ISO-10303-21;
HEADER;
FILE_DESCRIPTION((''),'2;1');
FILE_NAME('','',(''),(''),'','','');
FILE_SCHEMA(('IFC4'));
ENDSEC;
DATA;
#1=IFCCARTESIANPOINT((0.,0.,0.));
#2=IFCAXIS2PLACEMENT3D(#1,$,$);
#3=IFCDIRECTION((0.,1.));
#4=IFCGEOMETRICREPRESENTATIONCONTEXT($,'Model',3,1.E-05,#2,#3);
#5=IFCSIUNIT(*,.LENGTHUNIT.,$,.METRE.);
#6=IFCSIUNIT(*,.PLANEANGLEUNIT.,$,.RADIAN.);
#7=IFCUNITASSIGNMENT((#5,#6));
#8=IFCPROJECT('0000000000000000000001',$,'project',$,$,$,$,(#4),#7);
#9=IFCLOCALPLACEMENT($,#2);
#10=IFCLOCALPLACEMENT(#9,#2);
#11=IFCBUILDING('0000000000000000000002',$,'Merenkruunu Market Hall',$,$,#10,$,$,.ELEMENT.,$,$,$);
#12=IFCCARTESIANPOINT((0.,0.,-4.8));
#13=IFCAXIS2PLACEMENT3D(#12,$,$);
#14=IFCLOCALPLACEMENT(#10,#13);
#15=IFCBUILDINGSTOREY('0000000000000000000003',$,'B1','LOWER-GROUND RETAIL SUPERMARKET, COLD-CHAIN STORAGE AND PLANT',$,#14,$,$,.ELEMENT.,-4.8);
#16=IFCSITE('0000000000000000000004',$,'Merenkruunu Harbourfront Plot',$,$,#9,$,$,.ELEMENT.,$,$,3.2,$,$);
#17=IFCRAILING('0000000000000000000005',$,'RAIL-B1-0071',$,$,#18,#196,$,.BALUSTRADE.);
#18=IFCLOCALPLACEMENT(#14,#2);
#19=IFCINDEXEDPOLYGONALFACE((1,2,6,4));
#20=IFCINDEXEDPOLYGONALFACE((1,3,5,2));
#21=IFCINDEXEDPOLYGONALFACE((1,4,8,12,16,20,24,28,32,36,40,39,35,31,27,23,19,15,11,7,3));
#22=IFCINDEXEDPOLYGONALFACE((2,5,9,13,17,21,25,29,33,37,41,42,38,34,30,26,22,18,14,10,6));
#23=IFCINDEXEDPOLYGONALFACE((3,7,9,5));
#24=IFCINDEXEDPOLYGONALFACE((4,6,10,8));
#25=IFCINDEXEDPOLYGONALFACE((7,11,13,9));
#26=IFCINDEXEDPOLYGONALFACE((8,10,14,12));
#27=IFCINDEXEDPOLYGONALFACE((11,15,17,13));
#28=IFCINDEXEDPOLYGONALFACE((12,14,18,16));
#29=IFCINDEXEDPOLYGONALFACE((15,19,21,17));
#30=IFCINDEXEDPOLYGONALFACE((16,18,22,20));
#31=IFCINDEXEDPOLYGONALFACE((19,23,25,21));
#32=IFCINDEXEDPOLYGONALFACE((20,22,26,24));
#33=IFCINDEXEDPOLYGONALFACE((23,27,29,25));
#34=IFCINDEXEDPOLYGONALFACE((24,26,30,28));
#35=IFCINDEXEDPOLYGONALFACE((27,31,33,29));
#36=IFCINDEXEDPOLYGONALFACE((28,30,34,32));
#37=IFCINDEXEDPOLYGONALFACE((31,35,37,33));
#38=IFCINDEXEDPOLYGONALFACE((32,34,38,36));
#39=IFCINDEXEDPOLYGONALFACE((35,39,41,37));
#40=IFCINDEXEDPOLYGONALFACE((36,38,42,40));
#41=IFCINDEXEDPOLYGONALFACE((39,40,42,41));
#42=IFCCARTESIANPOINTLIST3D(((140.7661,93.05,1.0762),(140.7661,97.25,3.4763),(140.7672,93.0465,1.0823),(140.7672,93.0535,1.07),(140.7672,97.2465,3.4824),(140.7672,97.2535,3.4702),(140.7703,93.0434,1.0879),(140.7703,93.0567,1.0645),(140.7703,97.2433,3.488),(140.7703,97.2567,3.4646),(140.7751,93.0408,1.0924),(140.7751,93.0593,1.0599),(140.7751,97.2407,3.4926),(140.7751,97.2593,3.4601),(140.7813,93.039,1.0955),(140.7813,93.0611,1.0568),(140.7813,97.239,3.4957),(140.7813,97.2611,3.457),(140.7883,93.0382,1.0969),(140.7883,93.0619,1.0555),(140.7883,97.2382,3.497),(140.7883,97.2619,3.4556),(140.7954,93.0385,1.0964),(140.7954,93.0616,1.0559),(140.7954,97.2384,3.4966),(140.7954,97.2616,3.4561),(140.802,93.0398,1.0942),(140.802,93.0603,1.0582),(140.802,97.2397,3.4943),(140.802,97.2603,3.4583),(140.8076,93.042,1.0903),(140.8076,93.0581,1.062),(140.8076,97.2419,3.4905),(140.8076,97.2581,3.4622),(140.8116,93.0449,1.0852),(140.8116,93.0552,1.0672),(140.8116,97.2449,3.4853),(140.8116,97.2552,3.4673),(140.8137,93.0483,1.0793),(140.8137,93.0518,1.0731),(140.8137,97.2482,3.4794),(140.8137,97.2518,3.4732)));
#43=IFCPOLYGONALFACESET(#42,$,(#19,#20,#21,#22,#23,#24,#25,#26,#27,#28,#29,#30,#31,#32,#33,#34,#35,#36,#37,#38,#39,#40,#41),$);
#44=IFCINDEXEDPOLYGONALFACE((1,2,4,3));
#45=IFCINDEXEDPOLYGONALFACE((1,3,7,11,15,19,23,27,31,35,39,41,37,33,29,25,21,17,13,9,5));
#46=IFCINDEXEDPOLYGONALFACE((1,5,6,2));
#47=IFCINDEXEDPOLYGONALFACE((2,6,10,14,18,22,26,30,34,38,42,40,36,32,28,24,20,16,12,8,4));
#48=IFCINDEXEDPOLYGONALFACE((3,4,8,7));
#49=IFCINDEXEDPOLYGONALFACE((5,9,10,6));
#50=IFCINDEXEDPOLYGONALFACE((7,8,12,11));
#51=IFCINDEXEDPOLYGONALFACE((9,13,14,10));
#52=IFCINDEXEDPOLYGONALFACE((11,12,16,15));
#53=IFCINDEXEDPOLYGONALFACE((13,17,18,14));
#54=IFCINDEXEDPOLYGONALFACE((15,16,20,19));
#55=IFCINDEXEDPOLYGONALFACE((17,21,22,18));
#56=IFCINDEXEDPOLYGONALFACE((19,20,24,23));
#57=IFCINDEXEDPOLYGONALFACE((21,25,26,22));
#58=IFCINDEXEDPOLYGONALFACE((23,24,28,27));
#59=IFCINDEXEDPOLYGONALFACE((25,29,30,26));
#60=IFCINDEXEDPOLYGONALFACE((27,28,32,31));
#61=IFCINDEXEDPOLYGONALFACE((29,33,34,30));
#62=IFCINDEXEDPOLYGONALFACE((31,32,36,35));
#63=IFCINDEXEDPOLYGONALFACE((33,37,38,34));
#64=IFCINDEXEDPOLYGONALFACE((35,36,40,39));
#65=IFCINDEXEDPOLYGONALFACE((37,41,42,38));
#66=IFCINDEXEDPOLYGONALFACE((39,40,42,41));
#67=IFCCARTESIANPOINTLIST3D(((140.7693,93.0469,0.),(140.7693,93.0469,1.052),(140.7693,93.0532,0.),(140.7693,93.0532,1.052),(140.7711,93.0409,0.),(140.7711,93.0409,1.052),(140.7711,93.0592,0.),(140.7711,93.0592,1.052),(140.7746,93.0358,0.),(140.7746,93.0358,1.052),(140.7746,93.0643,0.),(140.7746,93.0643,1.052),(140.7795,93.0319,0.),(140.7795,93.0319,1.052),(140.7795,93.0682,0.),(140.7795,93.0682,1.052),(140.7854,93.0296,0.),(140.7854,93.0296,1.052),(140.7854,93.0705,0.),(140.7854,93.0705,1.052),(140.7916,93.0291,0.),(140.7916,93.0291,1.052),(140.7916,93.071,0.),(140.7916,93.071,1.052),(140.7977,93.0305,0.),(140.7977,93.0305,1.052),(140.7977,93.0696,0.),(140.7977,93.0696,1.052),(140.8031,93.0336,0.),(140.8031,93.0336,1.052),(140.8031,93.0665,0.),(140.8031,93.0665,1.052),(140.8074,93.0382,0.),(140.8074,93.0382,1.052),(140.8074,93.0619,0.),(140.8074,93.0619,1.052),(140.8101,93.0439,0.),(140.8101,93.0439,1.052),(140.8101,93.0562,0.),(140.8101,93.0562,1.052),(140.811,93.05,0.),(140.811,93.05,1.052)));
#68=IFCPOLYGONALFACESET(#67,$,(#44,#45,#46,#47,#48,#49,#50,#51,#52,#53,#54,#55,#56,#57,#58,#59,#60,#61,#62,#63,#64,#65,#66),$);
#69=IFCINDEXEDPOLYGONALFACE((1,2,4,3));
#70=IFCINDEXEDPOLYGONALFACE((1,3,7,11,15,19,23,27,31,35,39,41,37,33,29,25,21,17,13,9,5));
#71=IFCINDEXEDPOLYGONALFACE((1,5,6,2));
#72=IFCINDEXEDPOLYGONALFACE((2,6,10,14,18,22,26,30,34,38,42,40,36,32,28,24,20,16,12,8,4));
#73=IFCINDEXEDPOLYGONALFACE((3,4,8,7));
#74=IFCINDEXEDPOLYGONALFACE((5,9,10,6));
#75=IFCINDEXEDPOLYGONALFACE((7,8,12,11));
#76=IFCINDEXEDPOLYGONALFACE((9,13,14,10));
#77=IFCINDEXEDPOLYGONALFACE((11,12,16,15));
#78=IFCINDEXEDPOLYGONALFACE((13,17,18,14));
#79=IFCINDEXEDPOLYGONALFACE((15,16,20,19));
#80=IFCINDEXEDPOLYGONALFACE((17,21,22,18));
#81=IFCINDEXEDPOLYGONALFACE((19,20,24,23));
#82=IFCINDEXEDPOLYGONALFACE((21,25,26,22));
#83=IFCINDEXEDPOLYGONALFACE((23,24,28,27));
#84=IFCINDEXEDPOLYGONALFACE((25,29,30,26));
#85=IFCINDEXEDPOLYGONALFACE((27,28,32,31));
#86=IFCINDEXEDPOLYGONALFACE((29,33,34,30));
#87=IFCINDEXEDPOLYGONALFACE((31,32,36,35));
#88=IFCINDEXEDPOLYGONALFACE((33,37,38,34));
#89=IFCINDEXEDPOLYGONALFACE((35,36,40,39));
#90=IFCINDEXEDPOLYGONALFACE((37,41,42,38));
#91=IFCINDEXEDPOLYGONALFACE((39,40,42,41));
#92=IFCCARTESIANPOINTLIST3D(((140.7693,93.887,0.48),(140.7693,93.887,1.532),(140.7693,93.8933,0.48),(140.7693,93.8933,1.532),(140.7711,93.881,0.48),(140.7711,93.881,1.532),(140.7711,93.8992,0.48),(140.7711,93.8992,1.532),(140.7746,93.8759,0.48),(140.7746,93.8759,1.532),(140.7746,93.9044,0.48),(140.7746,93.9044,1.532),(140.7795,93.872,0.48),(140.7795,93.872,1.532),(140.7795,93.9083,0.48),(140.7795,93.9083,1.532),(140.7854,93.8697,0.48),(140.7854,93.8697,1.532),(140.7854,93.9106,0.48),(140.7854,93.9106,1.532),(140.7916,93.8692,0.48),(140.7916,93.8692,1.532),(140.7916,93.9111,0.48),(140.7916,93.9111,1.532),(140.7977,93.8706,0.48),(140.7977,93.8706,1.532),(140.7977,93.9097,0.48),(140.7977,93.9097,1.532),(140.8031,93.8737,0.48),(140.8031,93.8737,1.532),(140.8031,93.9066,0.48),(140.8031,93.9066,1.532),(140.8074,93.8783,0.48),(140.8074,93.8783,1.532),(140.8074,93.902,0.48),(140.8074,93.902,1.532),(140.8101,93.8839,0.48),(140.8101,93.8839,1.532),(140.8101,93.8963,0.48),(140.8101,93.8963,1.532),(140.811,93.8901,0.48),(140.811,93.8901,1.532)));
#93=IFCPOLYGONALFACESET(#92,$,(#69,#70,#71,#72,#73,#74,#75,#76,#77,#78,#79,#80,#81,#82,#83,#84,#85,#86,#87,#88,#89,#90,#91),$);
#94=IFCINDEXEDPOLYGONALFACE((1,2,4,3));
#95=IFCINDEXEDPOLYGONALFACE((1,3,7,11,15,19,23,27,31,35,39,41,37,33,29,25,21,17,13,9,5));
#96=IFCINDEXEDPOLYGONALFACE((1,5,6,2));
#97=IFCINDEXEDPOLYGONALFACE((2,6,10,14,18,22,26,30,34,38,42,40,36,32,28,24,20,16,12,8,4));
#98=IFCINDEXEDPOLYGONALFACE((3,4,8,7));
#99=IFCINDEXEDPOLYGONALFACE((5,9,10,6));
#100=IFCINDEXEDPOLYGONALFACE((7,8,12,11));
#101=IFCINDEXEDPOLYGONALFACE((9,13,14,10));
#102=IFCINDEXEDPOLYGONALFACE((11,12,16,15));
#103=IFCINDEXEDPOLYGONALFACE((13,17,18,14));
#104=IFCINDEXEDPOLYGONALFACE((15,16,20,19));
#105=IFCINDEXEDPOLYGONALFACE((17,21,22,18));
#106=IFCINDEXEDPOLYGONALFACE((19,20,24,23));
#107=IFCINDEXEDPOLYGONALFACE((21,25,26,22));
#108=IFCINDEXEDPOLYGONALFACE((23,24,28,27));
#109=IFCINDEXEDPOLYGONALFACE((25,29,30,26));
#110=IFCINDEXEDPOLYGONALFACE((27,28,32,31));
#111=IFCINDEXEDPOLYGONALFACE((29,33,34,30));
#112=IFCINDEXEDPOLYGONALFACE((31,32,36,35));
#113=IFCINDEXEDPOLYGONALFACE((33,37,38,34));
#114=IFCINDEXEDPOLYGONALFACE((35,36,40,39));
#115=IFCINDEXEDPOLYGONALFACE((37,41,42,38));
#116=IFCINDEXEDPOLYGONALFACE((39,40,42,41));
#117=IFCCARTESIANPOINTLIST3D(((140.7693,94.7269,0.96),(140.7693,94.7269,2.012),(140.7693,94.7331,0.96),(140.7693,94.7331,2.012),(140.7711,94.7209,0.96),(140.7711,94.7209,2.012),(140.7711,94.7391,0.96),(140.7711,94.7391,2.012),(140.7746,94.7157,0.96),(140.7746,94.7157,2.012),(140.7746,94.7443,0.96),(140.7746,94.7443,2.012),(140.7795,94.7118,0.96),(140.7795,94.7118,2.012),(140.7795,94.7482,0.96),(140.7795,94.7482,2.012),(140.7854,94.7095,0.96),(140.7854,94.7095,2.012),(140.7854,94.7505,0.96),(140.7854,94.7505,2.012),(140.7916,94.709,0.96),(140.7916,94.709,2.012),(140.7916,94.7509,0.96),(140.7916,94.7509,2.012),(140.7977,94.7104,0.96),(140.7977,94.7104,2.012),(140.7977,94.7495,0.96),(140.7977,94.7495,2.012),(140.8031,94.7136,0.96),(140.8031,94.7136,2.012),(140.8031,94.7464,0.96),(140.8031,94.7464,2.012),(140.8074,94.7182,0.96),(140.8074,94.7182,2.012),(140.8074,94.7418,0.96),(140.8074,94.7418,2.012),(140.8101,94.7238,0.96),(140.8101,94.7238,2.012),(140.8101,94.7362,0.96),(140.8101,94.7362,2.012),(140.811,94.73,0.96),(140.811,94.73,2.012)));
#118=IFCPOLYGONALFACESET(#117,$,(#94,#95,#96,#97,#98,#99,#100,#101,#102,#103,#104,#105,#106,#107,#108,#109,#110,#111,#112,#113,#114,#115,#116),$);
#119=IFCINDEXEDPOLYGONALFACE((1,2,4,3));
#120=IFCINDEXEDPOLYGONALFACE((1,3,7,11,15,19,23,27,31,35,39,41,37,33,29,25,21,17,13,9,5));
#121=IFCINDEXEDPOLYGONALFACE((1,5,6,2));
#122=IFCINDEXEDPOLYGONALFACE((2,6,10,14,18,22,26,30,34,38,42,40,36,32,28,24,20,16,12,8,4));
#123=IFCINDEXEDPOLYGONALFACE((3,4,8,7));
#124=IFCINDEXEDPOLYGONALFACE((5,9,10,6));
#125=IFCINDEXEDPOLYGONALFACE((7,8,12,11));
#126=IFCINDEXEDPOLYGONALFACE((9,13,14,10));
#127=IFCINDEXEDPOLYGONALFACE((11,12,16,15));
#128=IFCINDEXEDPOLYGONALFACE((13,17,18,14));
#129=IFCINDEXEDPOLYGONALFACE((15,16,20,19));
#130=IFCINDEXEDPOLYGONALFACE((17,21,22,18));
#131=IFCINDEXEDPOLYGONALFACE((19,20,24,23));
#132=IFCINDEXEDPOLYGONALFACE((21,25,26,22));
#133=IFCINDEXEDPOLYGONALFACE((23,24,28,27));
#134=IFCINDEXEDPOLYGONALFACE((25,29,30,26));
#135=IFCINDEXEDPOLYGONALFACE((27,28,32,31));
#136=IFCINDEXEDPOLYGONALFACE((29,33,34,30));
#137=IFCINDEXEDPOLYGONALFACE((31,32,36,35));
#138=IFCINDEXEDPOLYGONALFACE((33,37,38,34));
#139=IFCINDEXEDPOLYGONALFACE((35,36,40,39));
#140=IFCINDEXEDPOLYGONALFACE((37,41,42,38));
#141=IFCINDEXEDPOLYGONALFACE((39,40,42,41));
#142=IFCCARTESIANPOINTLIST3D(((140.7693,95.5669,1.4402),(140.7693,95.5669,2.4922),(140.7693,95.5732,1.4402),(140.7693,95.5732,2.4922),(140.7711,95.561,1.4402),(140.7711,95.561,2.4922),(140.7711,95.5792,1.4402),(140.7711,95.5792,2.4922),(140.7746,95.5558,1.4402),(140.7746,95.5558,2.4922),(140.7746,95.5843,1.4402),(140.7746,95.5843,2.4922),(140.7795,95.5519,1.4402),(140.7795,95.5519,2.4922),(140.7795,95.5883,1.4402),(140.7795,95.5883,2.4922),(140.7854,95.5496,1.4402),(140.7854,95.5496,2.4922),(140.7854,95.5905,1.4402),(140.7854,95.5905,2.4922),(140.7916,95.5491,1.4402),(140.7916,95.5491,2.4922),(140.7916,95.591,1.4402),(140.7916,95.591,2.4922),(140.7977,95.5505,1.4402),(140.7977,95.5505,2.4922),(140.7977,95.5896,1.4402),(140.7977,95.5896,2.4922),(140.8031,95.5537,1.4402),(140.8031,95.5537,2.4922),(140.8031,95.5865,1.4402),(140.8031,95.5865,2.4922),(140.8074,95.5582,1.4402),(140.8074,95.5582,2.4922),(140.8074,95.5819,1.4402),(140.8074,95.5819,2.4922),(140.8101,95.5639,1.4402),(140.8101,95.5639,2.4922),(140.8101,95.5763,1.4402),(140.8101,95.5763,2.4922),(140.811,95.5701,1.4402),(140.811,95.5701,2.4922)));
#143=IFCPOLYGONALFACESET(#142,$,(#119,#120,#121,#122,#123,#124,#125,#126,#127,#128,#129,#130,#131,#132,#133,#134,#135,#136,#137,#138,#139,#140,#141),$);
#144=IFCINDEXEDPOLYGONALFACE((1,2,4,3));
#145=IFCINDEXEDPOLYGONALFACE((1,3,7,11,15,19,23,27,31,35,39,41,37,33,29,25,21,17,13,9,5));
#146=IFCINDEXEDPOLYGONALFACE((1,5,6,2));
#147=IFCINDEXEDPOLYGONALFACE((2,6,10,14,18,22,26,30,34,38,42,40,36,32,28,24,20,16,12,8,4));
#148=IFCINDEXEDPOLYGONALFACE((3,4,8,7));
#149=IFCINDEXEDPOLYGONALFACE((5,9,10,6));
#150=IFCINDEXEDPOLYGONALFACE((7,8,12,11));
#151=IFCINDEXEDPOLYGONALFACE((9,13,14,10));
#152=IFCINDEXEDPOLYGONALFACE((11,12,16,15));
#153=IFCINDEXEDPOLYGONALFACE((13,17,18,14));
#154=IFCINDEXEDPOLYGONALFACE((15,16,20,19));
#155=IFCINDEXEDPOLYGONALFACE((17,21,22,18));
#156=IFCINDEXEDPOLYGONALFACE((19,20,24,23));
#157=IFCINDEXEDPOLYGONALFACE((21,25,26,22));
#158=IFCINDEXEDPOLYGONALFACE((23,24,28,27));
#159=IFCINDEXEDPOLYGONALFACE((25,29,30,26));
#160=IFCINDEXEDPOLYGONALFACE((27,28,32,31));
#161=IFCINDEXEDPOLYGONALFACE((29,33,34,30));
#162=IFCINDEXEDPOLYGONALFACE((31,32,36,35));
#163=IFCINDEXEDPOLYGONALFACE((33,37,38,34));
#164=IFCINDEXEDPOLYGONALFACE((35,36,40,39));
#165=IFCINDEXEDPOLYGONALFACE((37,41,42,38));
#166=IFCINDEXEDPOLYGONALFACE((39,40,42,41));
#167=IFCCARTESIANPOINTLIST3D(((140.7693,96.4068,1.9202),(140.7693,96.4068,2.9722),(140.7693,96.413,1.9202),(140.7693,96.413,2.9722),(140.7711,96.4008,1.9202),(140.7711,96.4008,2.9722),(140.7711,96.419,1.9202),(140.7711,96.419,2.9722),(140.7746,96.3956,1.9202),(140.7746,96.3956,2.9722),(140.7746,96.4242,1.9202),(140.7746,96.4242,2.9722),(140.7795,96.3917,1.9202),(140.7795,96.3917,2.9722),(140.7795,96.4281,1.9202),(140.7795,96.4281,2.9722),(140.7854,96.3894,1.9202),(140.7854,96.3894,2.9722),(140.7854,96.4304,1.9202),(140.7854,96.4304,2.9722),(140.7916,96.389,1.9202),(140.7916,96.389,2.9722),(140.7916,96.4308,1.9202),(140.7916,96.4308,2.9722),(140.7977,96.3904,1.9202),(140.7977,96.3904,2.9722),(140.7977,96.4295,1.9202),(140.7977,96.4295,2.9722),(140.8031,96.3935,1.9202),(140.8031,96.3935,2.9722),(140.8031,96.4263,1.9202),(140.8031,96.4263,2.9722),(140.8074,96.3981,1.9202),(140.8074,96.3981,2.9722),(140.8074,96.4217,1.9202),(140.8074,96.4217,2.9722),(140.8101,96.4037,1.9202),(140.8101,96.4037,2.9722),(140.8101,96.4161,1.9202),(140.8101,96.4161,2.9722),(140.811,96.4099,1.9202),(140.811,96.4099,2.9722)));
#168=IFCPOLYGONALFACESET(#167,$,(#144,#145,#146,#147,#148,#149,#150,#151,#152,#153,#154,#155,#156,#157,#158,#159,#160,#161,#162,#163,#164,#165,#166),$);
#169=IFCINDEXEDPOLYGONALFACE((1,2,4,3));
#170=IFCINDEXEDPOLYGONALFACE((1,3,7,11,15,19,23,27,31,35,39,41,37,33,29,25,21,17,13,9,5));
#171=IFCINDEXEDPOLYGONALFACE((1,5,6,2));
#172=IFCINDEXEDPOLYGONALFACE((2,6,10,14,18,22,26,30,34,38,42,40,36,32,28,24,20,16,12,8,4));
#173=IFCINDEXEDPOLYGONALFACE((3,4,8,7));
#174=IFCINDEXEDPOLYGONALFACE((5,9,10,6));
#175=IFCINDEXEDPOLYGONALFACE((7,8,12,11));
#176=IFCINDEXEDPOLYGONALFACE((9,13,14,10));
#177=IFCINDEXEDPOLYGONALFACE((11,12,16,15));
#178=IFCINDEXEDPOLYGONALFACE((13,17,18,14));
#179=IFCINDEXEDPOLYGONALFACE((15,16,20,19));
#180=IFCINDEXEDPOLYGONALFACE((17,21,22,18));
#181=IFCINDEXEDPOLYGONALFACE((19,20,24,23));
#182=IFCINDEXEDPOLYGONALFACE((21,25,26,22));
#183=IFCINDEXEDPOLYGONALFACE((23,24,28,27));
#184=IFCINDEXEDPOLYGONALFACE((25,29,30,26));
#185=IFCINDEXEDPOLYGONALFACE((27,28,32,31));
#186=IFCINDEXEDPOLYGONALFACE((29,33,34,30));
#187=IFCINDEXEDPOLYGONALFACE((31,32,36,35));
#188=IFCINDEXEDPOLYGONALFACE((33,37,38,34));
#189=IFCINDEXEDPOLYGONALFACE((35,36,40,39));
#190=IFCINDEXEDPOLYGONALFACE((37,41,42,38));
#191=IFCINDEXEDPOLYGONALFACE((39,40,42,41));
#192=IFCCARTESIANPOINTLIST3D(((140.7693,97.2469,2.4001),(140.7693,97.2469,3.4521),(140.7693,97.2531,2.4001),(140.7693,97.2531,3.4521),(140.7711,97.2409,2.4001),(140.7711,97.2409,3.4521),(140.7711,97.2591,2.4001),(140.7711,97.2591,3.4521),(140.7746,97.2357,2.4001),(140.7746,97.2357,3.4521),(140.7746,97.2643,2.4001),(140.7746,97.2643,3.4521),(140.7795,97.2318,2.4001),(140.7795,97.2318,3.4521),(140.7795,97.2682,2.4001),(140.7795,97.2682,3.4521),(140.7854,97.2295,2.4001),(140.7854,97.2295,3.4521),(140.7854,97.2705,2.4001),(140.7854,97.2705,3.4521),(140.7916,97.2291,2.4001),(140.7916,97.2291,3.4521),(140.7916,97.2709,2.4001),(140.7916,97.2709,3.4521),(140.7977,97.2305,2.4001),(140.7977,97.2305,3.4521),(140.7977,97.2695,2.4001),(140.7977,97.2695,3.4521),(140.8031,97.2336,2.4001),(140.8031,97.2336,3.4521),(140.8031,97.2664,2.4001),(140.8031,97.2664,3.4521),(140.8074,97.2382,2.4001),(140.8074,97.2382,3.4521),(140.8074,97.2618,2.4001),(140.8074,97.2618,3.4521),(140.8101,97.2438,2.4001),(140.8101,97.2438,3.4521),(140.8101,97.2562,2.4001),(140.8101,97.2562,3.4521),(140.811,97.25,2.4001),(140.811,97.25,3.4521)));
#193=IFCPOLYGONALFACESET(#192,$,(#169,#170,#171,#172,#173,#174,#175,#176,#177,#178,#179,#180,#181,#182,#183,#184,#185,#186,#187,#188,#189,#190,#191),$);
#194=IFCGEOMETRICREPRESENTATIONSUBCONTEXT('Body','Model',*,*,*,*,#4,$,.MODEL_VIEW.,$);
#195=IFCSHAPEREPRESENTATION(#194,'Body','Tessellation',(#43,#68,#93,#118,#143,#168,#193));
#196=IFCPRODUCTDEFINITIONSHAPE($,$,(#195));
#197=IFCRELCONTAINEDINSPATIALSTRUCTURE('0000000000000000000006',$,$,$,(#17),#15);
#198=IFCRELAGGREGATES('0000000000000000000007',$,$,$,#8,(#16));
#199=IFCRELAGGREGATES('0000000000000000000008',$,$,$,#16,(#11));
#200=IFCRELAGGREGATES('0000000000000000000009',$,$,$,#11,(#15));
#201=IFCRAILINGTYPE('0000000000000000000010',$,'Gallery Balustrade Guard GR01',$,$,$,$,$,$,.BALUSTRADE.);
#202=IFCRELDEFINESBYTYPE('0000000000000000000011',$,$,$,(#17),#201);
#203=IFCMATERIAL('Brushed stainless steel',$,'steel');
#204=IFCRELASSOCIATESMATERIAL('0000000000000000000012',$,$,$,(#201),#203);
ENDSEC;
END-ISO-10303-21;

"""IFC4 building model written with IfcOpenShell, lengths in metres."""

from ifc_helpers import new_model, si_unit, direction, frame, origin, origin_2d, place, context, subcontext, project, spatial, circle, extrude, material, type_object, element, save


model = new_model("IFC4")

# Units and contexts
model_context = context("Model", 3, precision=1e-05, world=origin(), true_north=direction((0.0, 1.0)))
body_context = subcontext(model_context, "Body", "Model", "MODEL_VIEW")
ifc_project = project(units=[si_unit("LENGTHUNIT", "METRE"), si_unit("PLANEANGLEUNIT", "RADIAN")], contexts=[model_context])

# Site, building, storey
site_placement = place(None, origin())
site = spatial("IfcSite", under=ifc_project, at=site_placement, Name="Merenkruunu Harbourfront Plot", CompositionType="ELEMENT", RefElevation=3.2)
building_placement = place(site_placement, origin())
building = spatial("IfcBuilding", under=site, at=building_placement, Name="Merenkruunu Market Hall", CompositionType="ELEMENT")
storey_placement = place(building_placement, frame((0.0, 0.0, -4.8)))
storey = spatial("IfcBuildingStorey", under=building, at=storey_placement, Name="B1", Description="LOWER-GROUND RETAIL SUPERMARKET, COLD-CHAIN STORAGE AND PLANT", CompositionType="ELEMENT", Elevation=-4.8)

# Railing
ifc_material_1 = material(Name="Brushed stainless steel", Category="steel")
railing_type_1 = type_object("IfcRailingType", Name="Gallery Balustrade Guard GR01", PredefinedType="BALUSTRADE", material=ifc_material_1)
railing_1_placement = place(storey_placement, frame((140.79, 93.05, 0.0)))
element("IfcRailing", 1, at=railing_1_placement, inside=storey, type_object=railing_type_1, Name="RAIL-B1-0071", PredefinedType="BALUSTRADE", context=body_context, shape_type="SweptSolid", body=[
    extrude(circle(Radius=0.0239, at=origin_2d()), frame((0.0, 0.0, 1.0762), z_axis=(0.0, 0.868228, 0.496166), x_axis=(-1.0, 0.0, 0.0)), (0.0, 0.0, 1.0), 4.8374),
    extrude(circle(Radius=0.021, at=origin_2d()), origin(), (0.0, 0.0, 1.0), 1.052),
    extrude(circle(Radius=0.021, at=origin_2d()), frame((0.0, 0.8401, 0.48)), (0.0, 0.0, 1.0), 1.052),
    extrude(circle(Radius=0.021, at=origin_2d()), frame((0.0, 1.6799, 0.96)), (0.0, 0.0, 1.0), 1.052),
    extrude(circle(Radius=0.021, at=origin_2d()), frame((0.0, 2.52, 1.4402)), (0.0, 0.0, 1.0), 1.052),
    extrude(circle(Radius=0.021, at=origin_2d()), frame((0.0, 3.3599, 1.9202)), (0.0, 0.0, 1.0), 1.052),
    extrude(circle(Radius=0.021, at=origin_2d()), frame((0.0, 4.2, 2.4001)), (0.0, 0.0, 1.0), 1.052),
])

save(model, "model.ifc")
